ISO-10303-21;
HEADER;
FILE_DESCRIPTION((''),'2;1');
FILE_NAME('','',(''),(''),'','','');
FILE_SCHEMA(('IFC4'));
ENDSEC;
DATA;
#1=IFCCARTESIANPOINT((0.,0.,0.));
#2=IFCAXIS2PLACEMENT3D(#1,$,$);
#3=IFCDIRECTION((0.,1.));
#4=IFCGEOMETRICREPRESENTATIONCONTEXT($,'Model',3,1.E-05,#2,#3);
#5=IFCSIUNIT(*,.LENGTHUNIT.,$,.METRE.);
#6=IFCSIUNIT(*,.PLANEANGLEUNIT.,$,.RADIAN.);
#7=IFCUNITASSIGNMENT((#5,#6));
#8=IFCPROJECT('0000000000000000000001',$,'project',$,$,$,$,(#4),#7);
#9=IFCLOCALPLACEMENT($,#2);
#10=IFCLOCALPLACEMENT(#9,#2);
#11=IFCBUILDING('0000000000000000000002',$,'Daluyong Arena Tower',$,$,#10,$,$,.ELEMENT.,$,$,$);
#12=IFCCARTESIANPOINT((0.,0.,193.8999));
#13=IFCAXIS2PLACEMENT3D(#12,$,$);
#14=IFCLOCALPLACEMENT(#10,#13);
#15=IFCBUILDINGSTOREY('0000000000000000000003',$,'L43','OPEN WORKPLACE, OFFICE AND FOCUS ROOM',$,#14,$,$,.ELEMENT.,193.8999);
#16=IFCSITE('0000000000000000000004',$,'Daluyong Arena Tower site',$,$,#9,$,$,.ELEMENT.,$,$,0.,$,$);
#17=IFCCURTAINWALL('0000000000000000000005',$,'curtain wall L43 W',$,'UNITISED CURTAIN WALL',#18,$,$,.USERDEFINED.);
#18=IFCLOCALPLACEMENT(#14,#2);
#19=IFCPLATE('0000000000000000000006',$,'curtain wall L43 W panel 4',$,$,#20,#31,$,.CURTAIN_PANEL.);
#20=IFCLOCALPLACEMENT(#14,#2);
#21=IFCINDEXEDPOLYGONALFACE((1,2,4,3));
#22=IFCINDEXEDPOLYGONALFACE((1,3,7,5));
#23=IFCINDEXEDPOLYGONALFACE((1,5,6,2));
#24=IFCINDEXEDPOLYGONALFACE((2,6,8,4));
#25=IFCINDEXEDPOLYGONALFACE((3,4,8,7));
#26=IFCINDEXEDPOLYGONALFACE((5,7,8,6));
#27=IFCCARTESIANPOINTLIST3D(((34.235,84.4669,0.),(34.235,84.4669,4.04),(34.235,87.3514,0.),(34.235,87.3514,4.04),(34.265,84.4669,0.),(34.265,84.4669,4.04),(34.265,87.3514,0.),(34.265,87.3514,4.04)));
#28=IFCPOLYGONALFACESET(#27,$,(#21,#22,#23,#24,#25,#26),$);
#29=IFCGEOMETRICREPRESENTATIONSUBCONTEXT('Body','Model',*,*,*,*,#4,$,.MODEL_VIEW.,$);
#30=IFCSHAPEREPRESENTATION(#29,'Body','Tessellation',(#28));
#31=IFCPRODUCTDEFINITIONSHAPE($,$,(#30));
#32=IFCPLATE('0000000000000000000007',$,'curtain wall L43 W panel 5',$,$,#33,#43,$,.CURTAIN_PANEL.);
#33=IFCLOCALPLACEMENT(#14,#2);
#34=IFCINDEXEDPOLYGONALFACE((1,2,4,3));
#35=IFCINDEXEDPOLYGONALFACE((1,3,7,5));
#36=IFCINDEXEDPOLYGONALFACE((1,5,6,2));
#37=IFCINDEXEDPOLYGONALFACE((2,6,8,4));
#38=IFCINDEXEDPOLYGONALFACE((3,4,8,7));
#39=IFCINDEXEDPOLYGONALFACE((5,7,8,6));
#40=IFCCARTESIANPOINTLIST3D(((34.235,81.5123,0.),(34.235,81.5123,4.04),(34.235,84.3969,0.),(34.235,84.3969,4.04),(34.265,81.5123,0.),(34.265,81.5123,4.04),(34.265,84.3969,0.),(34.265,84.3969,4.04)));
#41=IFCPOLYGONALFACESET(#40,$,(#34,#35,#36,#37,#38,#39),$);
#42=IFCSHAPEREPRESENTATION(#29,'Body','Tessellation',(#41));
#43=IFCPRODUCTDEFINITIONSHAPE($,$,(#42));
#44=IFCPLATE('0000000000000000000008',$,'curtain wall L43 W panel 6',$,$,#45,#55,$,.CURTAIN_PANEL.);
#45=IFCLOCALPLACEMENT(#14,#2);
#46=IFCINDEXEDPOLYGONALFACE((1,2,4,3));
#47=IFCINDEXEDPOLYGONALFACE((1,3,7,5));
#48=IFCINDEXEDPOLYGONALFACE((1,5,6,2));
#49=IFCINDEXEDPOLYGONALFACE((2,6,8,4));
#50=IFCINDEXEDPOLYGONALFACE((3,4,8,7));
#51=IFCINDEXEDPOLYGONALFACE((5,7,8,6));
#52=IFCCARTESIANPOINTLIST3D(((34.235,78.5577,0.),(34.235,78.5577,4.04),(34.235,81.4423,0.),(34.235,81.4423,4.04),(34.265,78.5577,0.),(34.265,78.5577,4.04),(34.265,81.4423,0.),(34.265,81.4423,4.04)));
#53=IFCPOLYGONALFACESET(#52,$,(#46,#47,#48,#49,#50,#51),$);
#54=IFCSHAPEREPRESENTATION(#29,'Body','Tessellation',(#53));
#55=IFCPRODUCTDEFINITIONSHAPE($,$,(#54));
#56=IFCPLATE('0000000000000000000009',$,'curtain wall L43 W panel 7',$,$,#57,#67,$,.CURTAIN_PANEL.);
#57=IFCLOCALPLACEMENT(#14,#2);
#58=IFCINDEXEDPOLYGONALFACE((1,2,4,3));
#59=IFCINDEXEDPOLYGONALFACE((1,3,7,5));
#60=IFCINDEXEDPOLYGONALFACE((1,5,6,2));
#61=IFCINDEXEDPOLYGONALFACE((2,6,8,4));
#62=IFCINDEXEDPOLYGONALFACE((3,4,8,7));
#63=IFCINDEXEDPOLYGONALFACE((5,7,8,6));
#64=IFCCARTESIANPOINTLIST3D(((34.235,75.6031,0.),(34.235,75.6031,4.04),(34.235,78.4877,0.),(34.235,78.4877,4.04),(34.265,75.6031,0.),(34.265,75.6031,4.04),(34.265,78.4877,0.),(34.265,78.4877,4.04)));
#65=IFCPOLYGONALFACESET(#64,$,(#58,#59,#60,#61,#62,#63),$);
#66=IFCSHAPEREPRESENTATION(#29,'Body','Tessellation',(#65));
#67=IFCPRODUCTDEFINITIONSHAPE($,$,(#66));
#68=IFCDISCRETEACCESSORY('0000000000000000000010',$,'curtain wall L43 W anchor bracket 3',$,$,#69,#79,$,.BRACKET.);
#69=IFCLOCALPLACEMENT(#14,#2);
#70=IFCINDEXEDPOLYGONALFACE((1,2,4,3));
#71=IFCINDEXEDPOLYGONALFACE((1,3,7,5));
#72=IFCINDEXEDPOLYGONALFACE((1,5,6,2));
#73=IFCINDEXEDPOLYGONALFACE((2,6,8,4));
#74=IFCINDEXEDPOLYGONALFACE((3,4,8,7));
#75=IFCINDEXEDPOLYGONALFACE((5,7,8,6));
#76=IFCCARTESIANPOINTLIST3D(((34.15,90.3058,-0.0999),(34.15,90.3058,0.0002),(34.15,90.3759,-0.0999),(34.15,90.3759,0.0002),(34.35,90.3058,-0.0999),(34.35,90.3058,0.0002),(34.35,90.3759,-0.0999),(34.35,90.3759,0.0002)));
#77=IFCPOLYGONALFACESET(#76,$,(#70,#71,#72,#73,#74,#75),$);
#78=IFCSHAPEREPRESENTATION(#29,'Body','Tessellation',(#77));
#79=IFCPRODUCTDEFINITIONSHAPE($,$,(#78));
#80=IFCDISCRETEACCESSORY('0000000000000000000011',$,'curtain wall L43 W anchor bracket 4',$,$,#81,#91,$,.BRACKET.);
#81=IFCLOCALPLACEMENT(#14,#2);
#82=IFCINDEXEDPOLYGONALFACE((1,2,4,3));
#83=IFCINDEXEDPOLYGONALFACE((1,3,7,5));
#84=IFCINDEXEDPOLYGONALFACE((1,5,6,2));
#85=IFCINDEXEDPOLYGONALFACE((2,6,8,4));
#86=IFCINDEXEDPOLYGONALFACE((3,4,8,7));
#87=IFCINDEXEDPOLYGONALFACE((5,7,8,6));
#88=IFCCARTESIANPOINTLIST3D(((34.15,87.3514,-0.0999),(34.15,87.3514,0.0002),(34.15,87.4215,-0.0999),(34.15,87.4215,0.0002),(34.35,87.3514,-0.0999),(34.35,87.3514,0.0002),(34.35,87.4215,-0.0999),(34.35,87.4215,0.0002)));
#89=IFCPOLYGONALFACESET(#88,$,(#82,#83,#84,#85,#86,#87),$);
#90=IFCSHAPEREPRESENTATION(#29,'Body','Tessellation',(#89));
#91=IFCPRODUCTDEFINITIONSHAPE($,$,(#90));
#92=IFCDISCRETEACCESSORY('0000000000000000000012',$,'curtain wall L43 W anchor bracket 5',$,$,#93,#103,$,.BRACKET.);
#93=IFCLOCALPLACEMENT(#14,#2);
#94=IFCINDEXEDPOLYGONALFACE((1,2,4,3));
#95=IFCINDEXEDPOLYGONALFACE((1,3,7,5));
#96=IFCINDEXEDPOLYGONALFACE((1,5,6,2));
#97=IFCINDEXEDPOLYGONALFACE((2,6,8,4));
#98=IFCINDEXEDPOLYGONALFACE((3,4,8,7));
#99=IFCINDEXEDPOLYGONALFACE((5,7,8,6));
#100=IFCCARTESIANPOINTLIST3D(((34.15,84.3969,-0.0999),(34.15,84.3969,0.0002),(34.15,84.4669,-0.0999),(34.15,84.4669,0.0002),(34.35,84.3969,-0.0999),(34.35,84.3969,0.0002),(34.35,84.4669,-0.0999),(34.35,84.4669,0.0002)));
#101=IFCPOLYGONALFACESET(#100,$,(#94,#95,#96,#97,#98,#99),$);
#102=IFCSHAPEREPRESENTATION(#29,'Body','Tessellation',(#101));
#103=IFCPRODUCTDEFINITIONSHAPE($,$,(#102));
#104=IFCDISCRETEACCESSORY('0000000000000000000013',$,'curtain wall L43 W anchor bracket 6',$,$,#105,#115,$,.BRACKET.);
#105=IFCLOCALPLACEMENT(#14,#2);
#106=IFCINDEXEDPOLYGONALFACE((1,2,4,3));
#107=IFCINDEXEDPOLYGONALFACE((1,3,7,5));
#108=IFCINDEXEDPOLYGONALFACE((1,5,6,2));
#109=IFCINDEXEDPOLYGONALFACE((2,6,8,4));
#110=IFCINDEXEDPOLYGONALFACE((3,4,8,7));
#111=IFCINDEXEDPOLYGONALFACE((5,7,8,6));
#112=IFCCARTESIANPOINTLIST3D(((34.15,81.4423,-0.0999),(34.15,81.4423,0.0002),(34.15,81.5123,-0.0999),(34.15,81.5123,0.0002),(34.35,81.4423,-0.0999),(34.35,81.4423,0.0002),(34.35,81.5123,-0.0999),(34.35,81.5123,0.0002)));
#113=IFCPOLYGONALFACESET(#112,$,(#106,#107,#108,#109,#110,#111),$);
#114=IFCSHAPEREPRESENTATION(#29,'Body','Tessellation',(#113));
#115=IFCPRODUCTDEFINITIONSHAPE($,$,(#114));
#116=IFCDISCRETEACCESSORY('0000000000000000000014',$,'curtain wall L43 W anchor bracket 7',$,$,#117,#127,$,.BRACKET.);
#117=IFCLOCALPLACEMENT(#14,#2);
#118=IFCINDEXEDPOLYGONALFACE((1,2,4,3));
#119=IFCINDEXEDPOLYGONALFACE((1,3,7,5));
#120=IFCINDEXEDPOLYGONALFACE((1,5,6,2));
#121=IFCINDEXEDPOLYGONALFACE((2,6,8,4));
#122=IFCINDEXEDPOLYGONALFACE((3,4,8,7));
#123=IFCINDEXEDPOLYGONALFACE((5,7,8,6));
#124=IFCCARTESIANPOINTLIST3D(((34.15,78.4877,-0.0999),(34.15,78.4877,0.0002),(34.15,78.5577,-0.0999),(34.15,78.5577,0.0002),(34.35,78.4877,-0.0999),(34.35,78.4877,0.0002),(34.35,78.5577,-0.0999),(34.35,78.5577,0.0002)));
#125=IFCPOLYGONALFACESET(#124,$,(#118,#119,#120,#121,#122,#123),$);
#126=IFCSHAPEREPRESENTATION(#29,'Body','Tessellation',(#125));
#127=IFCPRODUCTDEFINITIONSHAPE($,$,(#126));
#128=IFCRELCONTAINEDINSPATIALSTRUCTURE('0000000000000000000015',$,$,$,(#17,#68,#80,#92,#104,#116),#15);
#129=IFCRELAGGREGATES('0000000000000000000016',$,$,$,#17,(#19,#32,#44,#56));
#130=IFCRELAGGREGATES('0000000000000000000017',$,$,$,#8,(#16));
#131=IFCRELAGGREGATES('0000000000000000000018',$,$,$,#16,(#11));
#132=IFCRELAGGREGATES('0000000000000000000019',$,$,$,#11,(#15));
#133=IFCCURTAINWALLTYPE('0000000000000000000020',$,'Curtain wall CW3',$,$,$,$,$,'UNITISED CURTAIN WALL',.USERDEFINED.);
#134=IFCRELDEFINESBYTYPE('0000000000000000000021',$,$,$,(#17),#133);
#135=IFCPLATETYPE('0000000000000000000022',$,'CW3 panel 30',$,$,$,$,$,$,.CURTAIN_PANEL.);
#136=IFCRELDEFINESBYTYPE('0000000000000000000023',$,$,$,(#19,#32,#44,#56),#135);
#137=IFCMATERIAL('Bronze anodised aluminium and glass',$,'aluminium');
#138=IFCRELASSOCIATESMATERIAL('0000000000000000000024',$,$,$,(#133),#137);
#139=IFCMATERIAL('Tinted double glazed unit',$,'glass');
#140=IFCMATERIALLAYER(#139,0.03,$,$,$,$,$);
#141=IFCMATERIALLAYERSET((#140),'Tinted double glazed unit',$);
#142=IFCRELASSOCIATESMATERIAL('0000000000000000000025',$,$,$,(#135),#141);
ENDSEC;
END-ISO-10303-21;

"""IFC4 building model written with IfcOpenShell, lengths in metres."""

from ifc_helpers import new_model, si_unit, direction, frame, origin, origin_2d, place, context, subcontext, project, spatial, rectangle, extrude, material, layer, layer_set, type_object, element, aggregate, save


model = new_model("IFC4")

# Units and contexts
model_context = context("Model", 3, precision=1e-05, world=origin(), true_north=direction((0.0, 1.0)))
body_context = subcontext(model_context, "Body", "Model", "MODEL_VIEW")
ifc_project = project(units=[si_unit("LENGTHUNIT", "METRE"), si_unit("PLANEANGLEUNIT", "RADIAN")], contexts=[model_context])

# Site, building, storey
site_placement = place(None, origin())
site = spatial("IfcSite", under=ifc_project, at=site_placement, Name="Daluyong Arena Tower site", CompositionType="ELEMENT", RefElevation=0.0)
building_placement = place(site_placement, origin())
building = spatial("IfcBuilding", under=site, at=building_placement, Name="Daluyong Arena Tower", CompositionType="ELEMENT")
storey_placement = place(building_placement, frame((0.0, 0.0, 193.8999)))
storey = spatial("IfcBuildingStorey", under=building, at=storey_placement, Name="L43", Description="OPEN WORKPLACE, OFFICE AND FOCUS ROOM", CompositionType="ELEMENT", Elevation=193.8999)

# Curtain wall
ifc_material_1 = material(Name="Bronze anodised aluminium and glass", Category="aluminium")
curtain_wall_type = type_object("IfcCurtainWallType", Name="Curtain wall CW3", ElementType="UNITISED CURTAIN WALL", PredefinedType="USERDEFINED", material=ifc_material_1)
curtain_wall_placement = place(storey_placement, origin())
curtain_wall = element("IfcCurtainWall", 1, at=curtain_wall_placement, inside=storey, type_object=curtain_wall_type, Name="curtain wall L43 W", ObjectType="UNITISED CURTAIN WALL", PredefinedType="USERDEFINED")

# Plates
ifc_material_2 = material(Name="Tinted double glazed unit", Category="glass")
ifc_layer = layer(ifc_material_2, 0.03)
ifc_layer_set = layer_set([ifc_layer], Name="Tinted double glazed unit")
plate_type = type_object("IfcPlateType", Name="CW3 panel 30", PredefinedType="CURTAIN_PANEL", material=ifc_layer_set)
plate_1_placement = place(storey_placement, frame((34.25, 85.9092, 0.0), z_axis=(0.0, 0.0, 1.0), x_axis=(0.0, -1.0, 0.0)))
plate_1 = element("IfcPlate", 2, at=plate_1_placement, type_object=plate_type, Name="curtain wall L43 W panel 4", PredefinedType="CURTAIN_PANEL", context=body_context, shape_type="SweptSolid", body=[
    extrude(rectangle(XDim=2.8845, YDim=0.03, at=origin_2d()), origin(), (0.0, 0.0, 1.0), 4.04),
])
plate_2_placement = place(storey_placement, frame((34.25, 82.9546, 0.0), z_axis=(0.0, 0.0, 1.0), x_axis=(0.0, -1.0, 0.0)))
plate_2 = element("IfcPlate", 3, at=plate_2_placement, type_object=plate_type, Name="curtain wall L43 W panel 5", PredefinedType="CURTAIN_PANEL", context=body_context, shape_type="SweptSolid", body=[
    extrude(rectangle(XDim=2.8845, YDim=0.03, at=origin_2d()), origin(), (0.0, 0.0, 1.0), 4.04),
])
plate_3_placement = place(storey_placement, frame((34.25, 80.0, 0.0), z_axis=(0.0, 0.0, 1.0), x_axis=(0.0, -1.0, 0.0)))
plate_3 = element("IfcPlate", 4, at=plate_3_placement, type_object=plate_type, Name="curtain wall L43 W panel 6", PredefinedType="CURTAIN_PANEL", context=body_context, shape_type="SweptSolid", body=[
    extrude(rectangle(XDim=2.8845, YDim=0.03, at=origin_2d()), origin(), (0.0, 0.0, 1.0), 4.04),
])
plate_4_placement = place(storey_placement, frame((34.25, 77.0454, 0.0), z_axis=(0.0, 0.0, 1.0), x_axis=(0.0, -1.0, 0.0)))
plate_4 = element("IfcPlate", 5, at=plate_4_placement, type_object=plate_type, Name="curtain wall L43 W panel 7", PredefinedType="CURTAIN_PANEL", context=body_context, shape_type="SweptSolid", body=[
    extrude(rectangle(XDim=2.8845, YDim=0.03, at=origin_2d()), origin(), (0.0, 0.0, 1.0), 4.04),
])
aggregate(curtain_wall, [plate_1, plate_2, plate_3, plate_4])

# Discrete accessories
for number, where, z_axis, x_axis, name in (
    (6, (34.25, 90.3408, -0.0999), (0.0, 0.0, 1.0), (0.0, -1.0, 0.0), "curtain wall L43 W anchor bracket 3"),
    (7, (34.25, 87.3865, -0.0999), (0.0, 0.0, 1.0), (0.0, -1.0, 0.0), "curtain wall L43 W anchor bracket 4"),
    (8, (34.25, 84.4319, -0.0999), (0.0, 0.0, 1.0), (0.0, -1.0, 0.0), "curtain wall L43 W anchor bracket 5"),
    (9, (34.25, 81.4773, -0.0999), (0.0, 0.0, 1.0), (0.0, -1.0, 0.0), "curtain wall L43 W anchor bracket 6"),
    (10, (34.25, 78.5227, -0.0999), (0.0, 0.0, 1.0), (0.0, -1.0, 0.0), "curtain wall L43 W anchor bracket 7"),
):
    element("IfcDiscreteAccessory", number, at=place(storey_placement, frame(where, z_axis=z_axis, x_axis=x_axis)), inside=storey, Name=name, PredefinedType="BRACKET", context=body_context, shape_type="SweptSolid", body=[
        extrude(rectangle(XDim=0.0701, YDim=0.2, at=origin_2d()), origin(), (0.0, 0.0, 1.0), 0.1001),
    ])

save(model, "model.ifc")
